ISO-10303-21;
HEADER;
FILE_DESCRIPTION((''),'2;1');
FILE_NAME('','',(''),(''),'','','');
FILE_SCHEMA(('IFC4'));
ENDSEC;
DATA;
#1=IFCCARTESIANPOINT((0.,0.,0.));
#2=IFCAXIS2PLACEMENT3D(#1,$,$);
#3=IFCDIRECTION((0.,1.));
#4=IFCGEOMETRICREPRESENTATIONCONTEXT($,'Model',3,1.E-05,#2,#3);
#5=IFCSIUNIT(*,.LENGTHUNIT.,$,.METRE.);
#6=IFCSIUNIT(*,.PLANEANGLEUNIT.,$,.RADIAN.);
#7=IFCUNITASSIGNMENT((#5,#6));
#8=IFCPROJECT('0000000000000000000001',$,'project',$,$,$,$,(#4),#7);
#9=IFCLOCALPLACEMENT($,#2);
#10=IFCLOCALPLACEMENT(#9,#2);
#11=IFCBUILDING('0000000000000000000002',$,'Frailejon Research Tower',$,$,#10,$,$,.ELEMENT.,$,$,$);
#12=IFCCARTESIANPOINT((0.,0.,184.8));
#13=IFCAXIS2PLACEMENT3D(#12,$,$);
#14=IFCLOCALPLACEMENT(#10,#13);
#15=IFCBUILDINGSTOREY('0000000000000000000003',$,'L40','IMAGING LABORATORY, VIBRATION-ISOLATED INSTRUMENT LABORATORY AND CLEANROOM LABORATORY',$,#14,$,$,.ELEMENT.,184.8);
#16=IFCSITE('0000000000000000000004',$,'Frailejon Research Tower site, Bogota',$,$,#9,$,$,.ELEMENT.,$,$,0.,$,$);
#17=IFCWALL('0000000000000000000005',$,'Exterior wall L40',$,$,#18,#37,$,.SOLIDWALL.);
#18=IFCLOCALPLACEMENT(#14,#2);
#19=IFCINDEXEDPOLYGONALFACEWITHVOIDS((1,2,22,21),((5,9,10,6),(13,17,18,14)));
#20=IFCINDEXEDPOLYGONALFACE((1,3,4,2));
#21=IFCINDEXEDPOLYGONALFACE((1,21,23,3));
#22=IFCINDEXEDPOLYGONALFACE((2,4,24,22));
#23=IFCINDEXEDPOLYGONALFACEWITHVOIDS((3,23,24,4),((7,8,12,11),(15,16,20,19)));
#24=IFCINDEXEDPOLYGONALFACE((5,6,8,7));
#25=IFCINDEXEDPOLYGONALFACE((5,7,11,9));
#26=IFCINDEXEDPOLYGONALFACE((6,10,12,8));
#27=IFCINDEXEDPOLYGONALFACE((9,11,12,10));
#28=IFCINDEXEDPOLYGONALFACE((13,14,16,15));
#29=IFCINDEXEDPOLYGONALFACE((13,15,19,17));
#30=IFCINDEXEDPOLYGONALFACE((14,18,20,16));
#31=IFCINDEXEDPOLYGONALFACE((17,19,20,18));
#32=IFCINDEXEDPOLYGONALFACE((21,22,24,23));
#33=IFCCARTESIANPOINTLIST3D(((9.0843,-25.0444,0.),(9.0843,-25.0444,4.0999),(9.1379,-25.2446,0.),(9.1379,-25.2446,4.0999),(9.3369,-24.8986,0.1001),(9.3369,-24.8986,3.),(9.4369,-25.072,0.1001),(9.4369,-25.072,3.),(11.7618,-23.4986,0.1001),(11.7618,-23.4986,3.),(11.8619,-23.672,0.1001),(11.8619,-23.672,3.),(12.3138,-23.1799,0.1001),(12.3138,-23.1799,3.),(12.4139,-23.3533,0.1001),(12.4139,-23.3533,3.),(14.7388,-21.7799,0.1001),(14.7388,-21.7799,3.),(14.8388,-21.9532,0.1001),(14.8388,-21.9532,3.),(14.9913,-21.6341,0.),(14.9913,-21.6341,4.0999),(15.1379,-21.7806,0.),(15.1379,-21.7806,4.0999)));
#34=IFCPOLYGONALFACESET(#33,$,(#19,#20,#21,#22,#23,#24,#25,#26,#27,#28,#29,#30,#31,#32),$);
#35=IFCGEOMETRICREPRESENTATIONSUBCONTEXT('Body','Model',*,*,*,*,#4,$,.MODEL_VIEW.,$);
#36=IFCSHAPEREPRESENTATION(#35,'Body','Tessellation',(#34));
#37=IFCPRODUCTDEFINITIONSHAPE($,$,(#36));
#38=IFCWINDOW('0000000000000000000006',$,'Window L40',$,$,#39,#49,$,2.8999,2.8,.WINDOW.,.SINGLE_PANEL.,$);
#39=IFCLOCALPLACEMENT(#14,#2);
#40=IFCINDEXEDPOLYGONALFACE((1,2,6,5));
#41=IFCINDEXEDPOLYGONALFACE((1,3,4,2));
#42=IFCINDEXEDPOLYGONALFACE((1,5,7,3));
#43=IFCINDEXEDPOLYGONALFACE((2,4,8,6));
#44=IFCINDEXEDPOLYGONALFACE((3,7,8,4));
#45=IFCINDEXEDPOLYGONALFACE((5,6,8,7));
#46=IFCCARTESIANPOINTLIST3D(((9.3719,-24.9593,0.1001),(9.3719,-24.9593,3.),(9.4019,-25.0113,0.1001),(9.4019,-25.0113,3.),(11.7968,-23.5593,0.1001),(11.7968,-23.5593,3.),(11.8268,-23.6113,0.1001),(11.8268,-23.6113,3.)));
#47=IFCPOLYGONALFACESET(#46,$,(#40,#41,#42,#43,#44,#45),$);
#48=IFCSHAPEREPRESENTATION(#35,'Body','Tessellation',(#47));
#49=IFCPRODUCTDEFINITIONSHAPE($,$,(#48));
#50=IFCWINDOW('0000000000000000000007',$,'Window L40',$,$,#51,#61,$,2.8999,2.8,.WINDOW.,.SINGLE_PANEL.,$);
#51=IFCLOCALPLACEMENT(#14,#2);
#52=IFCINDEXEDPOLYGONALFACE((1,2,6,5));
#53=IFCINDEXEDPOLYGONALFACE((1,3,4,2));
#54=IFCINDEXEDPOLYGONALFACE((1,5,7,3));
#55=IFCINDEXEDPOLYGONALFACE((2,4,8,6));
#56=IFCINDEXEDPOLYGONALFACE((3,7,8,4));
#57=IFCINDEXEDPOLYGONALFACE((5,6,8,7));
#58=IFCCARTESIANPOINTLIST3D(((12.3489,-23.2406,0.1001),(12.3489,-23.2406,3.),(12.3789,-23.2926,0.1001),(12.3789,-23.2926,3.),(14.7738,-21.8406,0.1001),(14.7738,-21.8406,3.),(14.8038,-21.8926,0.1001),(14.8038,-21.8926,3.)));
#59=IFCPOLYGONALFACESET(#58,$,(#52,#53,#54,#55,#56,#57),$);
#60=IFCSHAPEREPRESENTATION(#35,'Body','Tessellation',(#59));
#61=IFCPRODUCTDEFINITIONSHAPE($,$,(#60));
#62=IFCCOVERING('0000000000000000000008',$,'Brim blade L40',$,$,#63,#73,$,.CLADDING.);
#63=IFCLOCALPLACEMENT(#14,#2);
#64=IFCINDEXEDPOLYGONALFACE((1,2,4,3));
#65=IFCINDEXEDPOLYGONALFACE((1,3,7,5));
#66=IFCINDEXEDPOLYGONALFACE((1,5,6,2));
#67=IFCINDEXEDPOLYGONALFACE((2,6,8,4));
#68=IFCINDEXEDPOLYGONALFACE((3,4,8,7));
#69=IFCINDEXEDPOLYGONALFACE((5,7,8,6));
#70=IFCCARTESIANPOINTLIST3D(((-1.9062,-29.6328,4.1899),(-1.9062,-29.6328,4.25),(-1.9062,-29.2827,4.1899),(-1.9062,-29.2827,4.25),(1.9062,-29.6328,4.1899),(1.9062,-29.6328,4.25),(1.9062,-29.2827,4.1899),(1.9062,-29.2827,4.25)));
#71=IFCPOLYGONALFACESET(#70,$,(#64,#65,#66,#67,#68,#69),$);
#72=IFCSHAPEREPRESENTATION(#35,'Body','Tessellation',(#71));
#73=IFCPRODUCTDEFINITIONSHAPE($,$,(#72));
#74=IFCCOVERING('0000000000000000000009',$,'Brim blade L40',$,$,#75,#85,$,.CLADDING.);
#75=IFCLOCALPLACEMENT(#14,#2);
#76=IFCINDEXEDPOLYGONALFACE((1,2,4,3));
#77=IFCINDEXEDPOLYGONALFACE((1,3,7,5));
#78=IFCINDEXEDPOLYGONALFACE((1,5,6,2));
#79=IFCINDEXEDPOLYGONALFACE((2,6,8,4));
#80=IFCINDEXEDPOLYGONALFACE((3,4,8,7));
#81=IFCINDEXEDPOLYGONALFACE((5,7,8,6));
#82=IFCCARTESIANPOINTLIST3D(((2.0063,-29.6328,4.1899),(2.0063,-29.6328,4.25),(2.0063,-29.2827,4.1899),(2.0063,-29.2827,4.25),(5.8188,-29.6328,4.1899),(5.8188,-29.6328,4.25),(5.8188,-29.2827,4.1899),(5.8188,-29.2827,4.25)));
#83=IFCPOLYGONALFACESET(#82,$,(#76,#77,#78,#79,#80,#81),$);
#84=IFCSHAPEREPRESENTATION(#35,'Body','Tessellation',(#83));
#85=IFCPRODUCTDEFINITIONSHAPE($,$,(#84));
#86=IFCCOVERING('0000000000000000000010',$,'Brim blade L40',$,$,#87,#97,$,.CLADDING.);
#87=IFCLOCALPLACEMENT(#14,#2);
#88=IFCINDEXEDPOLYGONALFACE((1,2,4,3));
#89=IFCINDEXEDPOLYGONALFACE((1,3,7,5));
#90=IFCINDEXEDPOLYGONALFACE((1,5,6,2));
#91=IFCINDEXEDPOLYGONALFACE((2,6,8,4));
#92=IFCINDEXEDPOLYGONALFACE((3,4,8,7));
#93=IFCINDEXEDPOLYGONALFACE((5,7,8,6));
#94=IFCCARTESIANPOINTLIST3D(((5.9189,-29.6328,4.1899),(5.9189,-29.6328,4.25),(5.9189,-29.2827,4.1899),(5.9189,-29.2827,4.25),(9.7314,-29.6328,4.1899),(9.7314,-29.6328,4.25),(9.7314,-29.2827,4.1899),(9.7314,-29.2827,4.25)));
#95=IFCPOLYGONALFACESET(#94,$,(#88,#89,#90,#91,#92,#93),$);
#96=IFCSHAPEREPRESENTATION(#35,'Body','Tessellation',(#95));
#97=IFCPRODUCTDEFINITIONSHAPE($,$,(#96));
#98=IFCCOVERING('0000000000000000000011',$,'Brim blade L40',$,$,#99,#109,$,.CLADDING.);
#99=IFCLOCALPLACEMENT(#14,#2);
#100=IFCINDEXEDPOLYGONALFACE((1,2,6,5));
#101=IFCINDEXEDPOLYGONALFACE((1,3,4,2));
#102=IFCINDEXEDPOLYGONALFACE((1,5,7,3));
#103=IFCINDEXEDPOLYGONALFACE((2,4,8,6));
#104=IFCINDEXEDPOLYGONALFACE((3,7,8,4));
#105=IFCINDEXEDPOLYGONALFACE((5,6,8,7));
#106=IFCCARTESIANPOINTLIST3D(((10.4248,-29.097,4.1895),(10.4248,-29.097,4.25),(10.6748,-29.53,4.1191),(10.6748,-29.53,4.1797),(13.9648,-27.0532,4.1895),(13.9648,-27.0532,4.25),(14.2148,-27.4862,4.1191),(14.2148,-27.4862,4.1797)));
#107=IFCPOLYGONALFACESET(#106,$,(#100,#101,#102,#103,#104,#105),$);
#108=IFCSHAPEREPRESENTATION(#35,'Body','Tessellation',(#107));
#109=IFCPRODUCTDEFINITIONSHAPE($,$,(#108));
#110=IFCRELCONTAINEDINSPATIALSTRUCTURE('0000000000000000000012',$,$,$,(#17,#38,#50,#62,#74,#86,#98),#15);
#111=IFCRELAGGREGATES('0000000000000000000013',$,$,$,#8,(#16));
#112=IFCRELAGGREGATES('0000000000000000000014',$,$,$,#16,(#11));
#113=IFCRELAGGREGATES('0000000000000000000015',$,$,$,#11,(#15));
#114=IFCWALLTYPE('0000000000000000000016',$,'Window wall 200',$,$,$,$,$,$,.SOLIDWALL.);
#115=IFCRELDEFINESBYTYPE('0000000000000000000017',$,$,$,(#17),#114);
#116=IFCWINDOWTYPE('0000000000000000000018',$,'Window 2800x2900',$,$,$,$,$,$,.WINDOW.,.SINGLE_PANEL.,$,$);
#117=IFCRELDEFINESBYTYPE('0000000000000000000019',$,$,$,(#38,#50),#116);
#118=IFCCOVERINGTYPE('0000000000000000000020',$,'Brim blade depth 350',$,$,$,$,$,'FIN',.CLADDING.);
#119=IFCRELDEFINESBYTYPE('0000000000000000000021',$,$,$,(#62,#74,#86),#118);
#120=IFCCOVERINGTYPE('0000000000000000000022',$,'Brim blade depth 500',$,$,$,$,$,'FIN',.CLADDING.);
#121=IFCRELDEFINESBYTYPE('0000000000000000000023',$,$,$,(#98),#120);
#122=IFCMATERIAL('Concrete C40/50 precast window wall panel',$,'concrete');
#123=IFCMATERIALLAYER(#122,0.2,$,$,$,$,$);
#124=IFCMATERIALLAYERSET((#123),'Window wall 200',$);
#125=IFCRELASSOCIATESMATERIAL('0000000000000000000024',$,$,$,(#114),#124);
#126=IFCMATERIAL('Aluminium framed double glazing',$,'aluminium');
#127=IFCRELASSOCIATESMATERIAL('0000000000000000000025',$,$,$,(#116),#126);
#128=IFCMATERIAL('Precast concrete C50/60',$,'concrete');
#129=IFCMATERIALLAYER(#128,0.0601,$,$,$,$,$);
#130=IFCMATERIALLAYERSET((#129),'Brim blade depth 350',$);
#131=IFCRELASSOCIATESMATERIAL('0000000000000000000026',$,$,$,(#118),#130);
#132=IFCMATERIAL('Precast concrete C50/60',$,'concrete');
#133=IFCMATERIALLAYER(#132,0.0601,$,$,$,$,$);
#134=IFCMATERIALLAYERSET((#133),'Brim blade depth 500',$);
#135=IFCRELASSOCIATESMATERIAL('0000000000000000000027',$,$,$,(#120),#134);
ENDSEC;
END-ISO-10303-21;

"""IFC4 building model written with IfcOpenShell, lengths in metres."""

from ifc_helpers import new_model, si_unit, direction, frame, frame_2d, origin, place, context, subcontext, project, spatial, polyline, rectangle, outline, extrude, material, layer, layer_set, type_object, element, fill, save


model = new_model("IFC4")

# Units and contexts
model_context = context("Model", 3, precision=1e-05, world=origin(), true_north=direction((0.0, 1.0)))
body_context = subcontext(model_context, "Body", "Model", "MODEL_VIEW")
ifc_project = project(units=[si_unit("LENGTHUNIT", "METRE"), si_unit("PLANEANGLEUNIT", "RADIAN")], contexts=[model_context])

# Site, building, storey
site_placement = place(None, origin())
site = spatial("IfcSite", under=ifc_project, at=site_placement, Name="Frailejon Research Tower site, Bogota", CompositionType="ELEMENT", RefElevation=0.0)
building_placement = place(site_placement, origin())
building = spatial("IfcBuilding", under=site, at=building_placement, Name="Frailejon Research Tower", CompositionType="ELEMENT")
storey_placement = place(building_placement, frame((0.0, 0.0, 184.8)))
storey = spatial("IfcBuildingStorey", under=building, at=storey_placement, Name="L40", Description="IMAGING LABORATORY, VIBRATION-ISOLATED INSTRUMENT LABORATORY AND CLEANROOM LABORATORY", CompositionType="ELEMENT", Elevation=184.8)

# Wall, openings, windows
ifc_material_1 = material(Name="Concrete C40/50 precast window wall panel", Category="concrete")
ifc_layer_1 = layer(ifc_material_1, 0.2)
ifc_layer_set_1 = layer_set([ifc_layer_1], Name="Window wall 200")
wall_type_1 = type_object("IfcWallType", Name="Window wall 200", PredefinedType="SOLIDWALL", material=ifc_layer_set_1)
wall_1_placement = place(storey_placement, frame((9.1111, -25.1445, 0.0), z_axis=(0.0, 0.0, 1.0), x_axis=(0.866029, 0.499993, 0.0)))
wall_1 = element("IfcWall", 1, at=wall_1_placement, inside=storey, type_object=wall_type_1, Name="Exterior wall L40", PredefinedType="SOLIDWALL", context=body_context, shape_type="SweptSolid", body=[
    extrude(outline(polyline([(-0.0269, -0.1001), (1.1279, -0.1001), (2.2825, -0.1001), (3.4373, -0.1001), (4.592, -0.1001), (5.7466, -0.1001), (6.9014, -0.1001), (6.8477, 0.1001), (5.7109, 0.1001), (4.574, 0.1001), (3.4373, 0.1001), (2.3005, 0.1001), (1.1636, 0.1001), (0.0269, 0.1001), (-0.0269, -0.1001)])), origin(), (0.0, 0.0, 1.0), 4.0999),
])
opening_1_placement = place(wall_1_placement, frame((0.3186, 0.0, 0.1001)))
opening_1 = element("IfcOpeningElement", 2, at=opening_1_placement, cuts=wall_1, PredefinedType="OPENING", context=body_context, shape_type="SweptSolid", body=[
    extrude(rectangle(XDim=2.8, YDim=2.8999, at=frame_2d((1.3999, 1.45))), frame((0.0, 0.1099, 0.0), z_axis=(0.0, -1.0, 0.0), x_axis=(1.0, 0.0, 0.0)), (0.0, 0.0, 1.0), 0.22),
])
opening_2_placement = place(wall_1_placement, frame((3.7561, 0.0, 0.1001)))
opening_2 = element("IfcOpeningElement", 3, at=opening_2_placement, cuts=wall_1, PredefinedType="OPENING", context=body_context, shape_type="SweptSolid", body=[
    extrude(rectangle(XDim=2.8, YDim=2.8999, at=frame_2d((1.3999, 1.45))), frame((0.0, 0.1099, 0.0), z_axis=(0.0, -1.0, 0.0), x_axis=(1.0, 0.0, 0.0)), (0.0, 0.0, 1.0), 0.22),
])
ifc_material_2 = material(Name="Aluminium framed double glazing", Category="aluminium")
window_type = type_object("IfcWindowType", Name="Window 2800x2900", PartitioningType="SINGLE_PANEL", PredefinedType="WINDOW", material=ifc_material_2)
window_1_placement = place(opening_1_placement, origin())
window_1 = element("IfcWindow", 4, at=window_1_placement, inside=storey, type_object=window_type, Name="Window L40", OverallHeight=2.8999, OverallWidth=2.8, PartitioningType="SINGLE_PANEL", PredefinedType="WINDOW", context=body_context, shape_type="SweptSolid", body=[
    extrude(rectangle(XDim=2.8, YDim=2.8999, at=frame_2d((1.3999, 1.45))), frame((0.0, 0.03, 0.0), z_axis=(0.0, -1.0, 0.0), x_axis=(1.0, 0.0, 0.0)), (0.0, 0.0, 1.0), 0.0601),
])
fill(opening_1, window_1)
window_2_placement = place(opening_2_placement, origin())
window_2 = element("IfcWindow", 5, at=window_2_placement, inside=storey, type_object=window_type, Name="Window L40", OverallHeight=2.8999, OverallWidth=2.8, PartitioningType="SINGLE_PANEL", PredefinedType="WINDOW", context=body_context, shape_type="SweptSolid", body=[
    extrude(rectangle(XDim=2.8, YDim=2.8999, at=frame_2d((1.3999, 1.45))), frame((0.0, 0.03, 0.0), z_axis=(0.0, -1.0, 0.0), x_axis=(1.0, 0.0, 0.0)), (0.0, 0.0, 1.0), 0.0601),
])
fill(opening_2, window_2)

# Coverings
ifc_material_3 = material(Name="Precast concrete C50/60", Category="concrete")
ifc_layer_2 = layer(ifc_material_3, 0.0601)
ifc_layer_set_2 = layer_set([ifc_layer_2], Name="Brim blade depth 350")
covering_type_1 = type_object("IfcCoveringType", Name="Brim blade depth 350", ElementType="FIN", PredefinedType="CLADDING", material=ifc_layer_set_2)
for number, where, z_axis, x_axis, name in (
    (6, (1.9062, -29.2827, 4.25), (-1.0, 0.0, 0.0), (0.0, -1.0, 0.0), "Brim blade L40"),
    (7, (5.8188, -29.2827, 4.25), (-1.0, 0.0, 0.0), (0.0, -1.0, 0.0), "Brim blade L40"),
    (8, (9.7314, -29.2827, 4.25), (-1.0, 0.0, 0.0), (0.0, -1.0, 0.0), "Brim blade L40"),
):
    element("IfcCovering", number, at=place(storey_placement, frame(where, z_axis=z_axis, x_axis=x_axis)), inside=storey, type_object=covering_type_1, Name=name, PredefinedType="CLADDING", context=body_context, shape_type="SweptSolid", body=[
        extrude(outline(polyline([(0.0, -0.0601), (0.3501, -0.0601), (0.3501, 0.0), (0.0, 0.0), (0.0, -0.0601)])), origin(), (0.0, 0.0, 1.0), 3.8125),
    ])
ifc_material_4 = material(Name="Precast concrete C50/60", Category="concrete")
ifc_layer_3 = layer(ifc_material_4, 0.0601)
ifc_layer_set_3 = layer_set([ifc_layer_3], Name="Brim blade depth 500")
covering_type_2 = type_object("IfcCoveringType", Name="Brim blade depth 500", ElementType="FIN", PredefinedType="CLADDING", material=ifc_layer_set_3)
covering_placement = place(storey_placement, frame((13.9648, -27.0532, 4.25), z_axis=(-0.866027, -0.499997, 0.0), x_axis=(0.499997, -0.866027, 0.0)))
element("IfcCovering", 9, at=covering_placement, inside=storey, type_object=covering_type_2, Name="Brim blade L40", PredefinedType="CLADDING", context=body_context, shape_type="SweptSolid", body=[
    extrude(outline(polyline([(0.0, -0.0605), (0.5, -0.1309), (0.5, -0.0703), (0.0, 0.0), (0.0, -0.0605)])), origin(), (0.0, 0.0, 1.0), 4.0876),
])

save(model, "model.ifc")
